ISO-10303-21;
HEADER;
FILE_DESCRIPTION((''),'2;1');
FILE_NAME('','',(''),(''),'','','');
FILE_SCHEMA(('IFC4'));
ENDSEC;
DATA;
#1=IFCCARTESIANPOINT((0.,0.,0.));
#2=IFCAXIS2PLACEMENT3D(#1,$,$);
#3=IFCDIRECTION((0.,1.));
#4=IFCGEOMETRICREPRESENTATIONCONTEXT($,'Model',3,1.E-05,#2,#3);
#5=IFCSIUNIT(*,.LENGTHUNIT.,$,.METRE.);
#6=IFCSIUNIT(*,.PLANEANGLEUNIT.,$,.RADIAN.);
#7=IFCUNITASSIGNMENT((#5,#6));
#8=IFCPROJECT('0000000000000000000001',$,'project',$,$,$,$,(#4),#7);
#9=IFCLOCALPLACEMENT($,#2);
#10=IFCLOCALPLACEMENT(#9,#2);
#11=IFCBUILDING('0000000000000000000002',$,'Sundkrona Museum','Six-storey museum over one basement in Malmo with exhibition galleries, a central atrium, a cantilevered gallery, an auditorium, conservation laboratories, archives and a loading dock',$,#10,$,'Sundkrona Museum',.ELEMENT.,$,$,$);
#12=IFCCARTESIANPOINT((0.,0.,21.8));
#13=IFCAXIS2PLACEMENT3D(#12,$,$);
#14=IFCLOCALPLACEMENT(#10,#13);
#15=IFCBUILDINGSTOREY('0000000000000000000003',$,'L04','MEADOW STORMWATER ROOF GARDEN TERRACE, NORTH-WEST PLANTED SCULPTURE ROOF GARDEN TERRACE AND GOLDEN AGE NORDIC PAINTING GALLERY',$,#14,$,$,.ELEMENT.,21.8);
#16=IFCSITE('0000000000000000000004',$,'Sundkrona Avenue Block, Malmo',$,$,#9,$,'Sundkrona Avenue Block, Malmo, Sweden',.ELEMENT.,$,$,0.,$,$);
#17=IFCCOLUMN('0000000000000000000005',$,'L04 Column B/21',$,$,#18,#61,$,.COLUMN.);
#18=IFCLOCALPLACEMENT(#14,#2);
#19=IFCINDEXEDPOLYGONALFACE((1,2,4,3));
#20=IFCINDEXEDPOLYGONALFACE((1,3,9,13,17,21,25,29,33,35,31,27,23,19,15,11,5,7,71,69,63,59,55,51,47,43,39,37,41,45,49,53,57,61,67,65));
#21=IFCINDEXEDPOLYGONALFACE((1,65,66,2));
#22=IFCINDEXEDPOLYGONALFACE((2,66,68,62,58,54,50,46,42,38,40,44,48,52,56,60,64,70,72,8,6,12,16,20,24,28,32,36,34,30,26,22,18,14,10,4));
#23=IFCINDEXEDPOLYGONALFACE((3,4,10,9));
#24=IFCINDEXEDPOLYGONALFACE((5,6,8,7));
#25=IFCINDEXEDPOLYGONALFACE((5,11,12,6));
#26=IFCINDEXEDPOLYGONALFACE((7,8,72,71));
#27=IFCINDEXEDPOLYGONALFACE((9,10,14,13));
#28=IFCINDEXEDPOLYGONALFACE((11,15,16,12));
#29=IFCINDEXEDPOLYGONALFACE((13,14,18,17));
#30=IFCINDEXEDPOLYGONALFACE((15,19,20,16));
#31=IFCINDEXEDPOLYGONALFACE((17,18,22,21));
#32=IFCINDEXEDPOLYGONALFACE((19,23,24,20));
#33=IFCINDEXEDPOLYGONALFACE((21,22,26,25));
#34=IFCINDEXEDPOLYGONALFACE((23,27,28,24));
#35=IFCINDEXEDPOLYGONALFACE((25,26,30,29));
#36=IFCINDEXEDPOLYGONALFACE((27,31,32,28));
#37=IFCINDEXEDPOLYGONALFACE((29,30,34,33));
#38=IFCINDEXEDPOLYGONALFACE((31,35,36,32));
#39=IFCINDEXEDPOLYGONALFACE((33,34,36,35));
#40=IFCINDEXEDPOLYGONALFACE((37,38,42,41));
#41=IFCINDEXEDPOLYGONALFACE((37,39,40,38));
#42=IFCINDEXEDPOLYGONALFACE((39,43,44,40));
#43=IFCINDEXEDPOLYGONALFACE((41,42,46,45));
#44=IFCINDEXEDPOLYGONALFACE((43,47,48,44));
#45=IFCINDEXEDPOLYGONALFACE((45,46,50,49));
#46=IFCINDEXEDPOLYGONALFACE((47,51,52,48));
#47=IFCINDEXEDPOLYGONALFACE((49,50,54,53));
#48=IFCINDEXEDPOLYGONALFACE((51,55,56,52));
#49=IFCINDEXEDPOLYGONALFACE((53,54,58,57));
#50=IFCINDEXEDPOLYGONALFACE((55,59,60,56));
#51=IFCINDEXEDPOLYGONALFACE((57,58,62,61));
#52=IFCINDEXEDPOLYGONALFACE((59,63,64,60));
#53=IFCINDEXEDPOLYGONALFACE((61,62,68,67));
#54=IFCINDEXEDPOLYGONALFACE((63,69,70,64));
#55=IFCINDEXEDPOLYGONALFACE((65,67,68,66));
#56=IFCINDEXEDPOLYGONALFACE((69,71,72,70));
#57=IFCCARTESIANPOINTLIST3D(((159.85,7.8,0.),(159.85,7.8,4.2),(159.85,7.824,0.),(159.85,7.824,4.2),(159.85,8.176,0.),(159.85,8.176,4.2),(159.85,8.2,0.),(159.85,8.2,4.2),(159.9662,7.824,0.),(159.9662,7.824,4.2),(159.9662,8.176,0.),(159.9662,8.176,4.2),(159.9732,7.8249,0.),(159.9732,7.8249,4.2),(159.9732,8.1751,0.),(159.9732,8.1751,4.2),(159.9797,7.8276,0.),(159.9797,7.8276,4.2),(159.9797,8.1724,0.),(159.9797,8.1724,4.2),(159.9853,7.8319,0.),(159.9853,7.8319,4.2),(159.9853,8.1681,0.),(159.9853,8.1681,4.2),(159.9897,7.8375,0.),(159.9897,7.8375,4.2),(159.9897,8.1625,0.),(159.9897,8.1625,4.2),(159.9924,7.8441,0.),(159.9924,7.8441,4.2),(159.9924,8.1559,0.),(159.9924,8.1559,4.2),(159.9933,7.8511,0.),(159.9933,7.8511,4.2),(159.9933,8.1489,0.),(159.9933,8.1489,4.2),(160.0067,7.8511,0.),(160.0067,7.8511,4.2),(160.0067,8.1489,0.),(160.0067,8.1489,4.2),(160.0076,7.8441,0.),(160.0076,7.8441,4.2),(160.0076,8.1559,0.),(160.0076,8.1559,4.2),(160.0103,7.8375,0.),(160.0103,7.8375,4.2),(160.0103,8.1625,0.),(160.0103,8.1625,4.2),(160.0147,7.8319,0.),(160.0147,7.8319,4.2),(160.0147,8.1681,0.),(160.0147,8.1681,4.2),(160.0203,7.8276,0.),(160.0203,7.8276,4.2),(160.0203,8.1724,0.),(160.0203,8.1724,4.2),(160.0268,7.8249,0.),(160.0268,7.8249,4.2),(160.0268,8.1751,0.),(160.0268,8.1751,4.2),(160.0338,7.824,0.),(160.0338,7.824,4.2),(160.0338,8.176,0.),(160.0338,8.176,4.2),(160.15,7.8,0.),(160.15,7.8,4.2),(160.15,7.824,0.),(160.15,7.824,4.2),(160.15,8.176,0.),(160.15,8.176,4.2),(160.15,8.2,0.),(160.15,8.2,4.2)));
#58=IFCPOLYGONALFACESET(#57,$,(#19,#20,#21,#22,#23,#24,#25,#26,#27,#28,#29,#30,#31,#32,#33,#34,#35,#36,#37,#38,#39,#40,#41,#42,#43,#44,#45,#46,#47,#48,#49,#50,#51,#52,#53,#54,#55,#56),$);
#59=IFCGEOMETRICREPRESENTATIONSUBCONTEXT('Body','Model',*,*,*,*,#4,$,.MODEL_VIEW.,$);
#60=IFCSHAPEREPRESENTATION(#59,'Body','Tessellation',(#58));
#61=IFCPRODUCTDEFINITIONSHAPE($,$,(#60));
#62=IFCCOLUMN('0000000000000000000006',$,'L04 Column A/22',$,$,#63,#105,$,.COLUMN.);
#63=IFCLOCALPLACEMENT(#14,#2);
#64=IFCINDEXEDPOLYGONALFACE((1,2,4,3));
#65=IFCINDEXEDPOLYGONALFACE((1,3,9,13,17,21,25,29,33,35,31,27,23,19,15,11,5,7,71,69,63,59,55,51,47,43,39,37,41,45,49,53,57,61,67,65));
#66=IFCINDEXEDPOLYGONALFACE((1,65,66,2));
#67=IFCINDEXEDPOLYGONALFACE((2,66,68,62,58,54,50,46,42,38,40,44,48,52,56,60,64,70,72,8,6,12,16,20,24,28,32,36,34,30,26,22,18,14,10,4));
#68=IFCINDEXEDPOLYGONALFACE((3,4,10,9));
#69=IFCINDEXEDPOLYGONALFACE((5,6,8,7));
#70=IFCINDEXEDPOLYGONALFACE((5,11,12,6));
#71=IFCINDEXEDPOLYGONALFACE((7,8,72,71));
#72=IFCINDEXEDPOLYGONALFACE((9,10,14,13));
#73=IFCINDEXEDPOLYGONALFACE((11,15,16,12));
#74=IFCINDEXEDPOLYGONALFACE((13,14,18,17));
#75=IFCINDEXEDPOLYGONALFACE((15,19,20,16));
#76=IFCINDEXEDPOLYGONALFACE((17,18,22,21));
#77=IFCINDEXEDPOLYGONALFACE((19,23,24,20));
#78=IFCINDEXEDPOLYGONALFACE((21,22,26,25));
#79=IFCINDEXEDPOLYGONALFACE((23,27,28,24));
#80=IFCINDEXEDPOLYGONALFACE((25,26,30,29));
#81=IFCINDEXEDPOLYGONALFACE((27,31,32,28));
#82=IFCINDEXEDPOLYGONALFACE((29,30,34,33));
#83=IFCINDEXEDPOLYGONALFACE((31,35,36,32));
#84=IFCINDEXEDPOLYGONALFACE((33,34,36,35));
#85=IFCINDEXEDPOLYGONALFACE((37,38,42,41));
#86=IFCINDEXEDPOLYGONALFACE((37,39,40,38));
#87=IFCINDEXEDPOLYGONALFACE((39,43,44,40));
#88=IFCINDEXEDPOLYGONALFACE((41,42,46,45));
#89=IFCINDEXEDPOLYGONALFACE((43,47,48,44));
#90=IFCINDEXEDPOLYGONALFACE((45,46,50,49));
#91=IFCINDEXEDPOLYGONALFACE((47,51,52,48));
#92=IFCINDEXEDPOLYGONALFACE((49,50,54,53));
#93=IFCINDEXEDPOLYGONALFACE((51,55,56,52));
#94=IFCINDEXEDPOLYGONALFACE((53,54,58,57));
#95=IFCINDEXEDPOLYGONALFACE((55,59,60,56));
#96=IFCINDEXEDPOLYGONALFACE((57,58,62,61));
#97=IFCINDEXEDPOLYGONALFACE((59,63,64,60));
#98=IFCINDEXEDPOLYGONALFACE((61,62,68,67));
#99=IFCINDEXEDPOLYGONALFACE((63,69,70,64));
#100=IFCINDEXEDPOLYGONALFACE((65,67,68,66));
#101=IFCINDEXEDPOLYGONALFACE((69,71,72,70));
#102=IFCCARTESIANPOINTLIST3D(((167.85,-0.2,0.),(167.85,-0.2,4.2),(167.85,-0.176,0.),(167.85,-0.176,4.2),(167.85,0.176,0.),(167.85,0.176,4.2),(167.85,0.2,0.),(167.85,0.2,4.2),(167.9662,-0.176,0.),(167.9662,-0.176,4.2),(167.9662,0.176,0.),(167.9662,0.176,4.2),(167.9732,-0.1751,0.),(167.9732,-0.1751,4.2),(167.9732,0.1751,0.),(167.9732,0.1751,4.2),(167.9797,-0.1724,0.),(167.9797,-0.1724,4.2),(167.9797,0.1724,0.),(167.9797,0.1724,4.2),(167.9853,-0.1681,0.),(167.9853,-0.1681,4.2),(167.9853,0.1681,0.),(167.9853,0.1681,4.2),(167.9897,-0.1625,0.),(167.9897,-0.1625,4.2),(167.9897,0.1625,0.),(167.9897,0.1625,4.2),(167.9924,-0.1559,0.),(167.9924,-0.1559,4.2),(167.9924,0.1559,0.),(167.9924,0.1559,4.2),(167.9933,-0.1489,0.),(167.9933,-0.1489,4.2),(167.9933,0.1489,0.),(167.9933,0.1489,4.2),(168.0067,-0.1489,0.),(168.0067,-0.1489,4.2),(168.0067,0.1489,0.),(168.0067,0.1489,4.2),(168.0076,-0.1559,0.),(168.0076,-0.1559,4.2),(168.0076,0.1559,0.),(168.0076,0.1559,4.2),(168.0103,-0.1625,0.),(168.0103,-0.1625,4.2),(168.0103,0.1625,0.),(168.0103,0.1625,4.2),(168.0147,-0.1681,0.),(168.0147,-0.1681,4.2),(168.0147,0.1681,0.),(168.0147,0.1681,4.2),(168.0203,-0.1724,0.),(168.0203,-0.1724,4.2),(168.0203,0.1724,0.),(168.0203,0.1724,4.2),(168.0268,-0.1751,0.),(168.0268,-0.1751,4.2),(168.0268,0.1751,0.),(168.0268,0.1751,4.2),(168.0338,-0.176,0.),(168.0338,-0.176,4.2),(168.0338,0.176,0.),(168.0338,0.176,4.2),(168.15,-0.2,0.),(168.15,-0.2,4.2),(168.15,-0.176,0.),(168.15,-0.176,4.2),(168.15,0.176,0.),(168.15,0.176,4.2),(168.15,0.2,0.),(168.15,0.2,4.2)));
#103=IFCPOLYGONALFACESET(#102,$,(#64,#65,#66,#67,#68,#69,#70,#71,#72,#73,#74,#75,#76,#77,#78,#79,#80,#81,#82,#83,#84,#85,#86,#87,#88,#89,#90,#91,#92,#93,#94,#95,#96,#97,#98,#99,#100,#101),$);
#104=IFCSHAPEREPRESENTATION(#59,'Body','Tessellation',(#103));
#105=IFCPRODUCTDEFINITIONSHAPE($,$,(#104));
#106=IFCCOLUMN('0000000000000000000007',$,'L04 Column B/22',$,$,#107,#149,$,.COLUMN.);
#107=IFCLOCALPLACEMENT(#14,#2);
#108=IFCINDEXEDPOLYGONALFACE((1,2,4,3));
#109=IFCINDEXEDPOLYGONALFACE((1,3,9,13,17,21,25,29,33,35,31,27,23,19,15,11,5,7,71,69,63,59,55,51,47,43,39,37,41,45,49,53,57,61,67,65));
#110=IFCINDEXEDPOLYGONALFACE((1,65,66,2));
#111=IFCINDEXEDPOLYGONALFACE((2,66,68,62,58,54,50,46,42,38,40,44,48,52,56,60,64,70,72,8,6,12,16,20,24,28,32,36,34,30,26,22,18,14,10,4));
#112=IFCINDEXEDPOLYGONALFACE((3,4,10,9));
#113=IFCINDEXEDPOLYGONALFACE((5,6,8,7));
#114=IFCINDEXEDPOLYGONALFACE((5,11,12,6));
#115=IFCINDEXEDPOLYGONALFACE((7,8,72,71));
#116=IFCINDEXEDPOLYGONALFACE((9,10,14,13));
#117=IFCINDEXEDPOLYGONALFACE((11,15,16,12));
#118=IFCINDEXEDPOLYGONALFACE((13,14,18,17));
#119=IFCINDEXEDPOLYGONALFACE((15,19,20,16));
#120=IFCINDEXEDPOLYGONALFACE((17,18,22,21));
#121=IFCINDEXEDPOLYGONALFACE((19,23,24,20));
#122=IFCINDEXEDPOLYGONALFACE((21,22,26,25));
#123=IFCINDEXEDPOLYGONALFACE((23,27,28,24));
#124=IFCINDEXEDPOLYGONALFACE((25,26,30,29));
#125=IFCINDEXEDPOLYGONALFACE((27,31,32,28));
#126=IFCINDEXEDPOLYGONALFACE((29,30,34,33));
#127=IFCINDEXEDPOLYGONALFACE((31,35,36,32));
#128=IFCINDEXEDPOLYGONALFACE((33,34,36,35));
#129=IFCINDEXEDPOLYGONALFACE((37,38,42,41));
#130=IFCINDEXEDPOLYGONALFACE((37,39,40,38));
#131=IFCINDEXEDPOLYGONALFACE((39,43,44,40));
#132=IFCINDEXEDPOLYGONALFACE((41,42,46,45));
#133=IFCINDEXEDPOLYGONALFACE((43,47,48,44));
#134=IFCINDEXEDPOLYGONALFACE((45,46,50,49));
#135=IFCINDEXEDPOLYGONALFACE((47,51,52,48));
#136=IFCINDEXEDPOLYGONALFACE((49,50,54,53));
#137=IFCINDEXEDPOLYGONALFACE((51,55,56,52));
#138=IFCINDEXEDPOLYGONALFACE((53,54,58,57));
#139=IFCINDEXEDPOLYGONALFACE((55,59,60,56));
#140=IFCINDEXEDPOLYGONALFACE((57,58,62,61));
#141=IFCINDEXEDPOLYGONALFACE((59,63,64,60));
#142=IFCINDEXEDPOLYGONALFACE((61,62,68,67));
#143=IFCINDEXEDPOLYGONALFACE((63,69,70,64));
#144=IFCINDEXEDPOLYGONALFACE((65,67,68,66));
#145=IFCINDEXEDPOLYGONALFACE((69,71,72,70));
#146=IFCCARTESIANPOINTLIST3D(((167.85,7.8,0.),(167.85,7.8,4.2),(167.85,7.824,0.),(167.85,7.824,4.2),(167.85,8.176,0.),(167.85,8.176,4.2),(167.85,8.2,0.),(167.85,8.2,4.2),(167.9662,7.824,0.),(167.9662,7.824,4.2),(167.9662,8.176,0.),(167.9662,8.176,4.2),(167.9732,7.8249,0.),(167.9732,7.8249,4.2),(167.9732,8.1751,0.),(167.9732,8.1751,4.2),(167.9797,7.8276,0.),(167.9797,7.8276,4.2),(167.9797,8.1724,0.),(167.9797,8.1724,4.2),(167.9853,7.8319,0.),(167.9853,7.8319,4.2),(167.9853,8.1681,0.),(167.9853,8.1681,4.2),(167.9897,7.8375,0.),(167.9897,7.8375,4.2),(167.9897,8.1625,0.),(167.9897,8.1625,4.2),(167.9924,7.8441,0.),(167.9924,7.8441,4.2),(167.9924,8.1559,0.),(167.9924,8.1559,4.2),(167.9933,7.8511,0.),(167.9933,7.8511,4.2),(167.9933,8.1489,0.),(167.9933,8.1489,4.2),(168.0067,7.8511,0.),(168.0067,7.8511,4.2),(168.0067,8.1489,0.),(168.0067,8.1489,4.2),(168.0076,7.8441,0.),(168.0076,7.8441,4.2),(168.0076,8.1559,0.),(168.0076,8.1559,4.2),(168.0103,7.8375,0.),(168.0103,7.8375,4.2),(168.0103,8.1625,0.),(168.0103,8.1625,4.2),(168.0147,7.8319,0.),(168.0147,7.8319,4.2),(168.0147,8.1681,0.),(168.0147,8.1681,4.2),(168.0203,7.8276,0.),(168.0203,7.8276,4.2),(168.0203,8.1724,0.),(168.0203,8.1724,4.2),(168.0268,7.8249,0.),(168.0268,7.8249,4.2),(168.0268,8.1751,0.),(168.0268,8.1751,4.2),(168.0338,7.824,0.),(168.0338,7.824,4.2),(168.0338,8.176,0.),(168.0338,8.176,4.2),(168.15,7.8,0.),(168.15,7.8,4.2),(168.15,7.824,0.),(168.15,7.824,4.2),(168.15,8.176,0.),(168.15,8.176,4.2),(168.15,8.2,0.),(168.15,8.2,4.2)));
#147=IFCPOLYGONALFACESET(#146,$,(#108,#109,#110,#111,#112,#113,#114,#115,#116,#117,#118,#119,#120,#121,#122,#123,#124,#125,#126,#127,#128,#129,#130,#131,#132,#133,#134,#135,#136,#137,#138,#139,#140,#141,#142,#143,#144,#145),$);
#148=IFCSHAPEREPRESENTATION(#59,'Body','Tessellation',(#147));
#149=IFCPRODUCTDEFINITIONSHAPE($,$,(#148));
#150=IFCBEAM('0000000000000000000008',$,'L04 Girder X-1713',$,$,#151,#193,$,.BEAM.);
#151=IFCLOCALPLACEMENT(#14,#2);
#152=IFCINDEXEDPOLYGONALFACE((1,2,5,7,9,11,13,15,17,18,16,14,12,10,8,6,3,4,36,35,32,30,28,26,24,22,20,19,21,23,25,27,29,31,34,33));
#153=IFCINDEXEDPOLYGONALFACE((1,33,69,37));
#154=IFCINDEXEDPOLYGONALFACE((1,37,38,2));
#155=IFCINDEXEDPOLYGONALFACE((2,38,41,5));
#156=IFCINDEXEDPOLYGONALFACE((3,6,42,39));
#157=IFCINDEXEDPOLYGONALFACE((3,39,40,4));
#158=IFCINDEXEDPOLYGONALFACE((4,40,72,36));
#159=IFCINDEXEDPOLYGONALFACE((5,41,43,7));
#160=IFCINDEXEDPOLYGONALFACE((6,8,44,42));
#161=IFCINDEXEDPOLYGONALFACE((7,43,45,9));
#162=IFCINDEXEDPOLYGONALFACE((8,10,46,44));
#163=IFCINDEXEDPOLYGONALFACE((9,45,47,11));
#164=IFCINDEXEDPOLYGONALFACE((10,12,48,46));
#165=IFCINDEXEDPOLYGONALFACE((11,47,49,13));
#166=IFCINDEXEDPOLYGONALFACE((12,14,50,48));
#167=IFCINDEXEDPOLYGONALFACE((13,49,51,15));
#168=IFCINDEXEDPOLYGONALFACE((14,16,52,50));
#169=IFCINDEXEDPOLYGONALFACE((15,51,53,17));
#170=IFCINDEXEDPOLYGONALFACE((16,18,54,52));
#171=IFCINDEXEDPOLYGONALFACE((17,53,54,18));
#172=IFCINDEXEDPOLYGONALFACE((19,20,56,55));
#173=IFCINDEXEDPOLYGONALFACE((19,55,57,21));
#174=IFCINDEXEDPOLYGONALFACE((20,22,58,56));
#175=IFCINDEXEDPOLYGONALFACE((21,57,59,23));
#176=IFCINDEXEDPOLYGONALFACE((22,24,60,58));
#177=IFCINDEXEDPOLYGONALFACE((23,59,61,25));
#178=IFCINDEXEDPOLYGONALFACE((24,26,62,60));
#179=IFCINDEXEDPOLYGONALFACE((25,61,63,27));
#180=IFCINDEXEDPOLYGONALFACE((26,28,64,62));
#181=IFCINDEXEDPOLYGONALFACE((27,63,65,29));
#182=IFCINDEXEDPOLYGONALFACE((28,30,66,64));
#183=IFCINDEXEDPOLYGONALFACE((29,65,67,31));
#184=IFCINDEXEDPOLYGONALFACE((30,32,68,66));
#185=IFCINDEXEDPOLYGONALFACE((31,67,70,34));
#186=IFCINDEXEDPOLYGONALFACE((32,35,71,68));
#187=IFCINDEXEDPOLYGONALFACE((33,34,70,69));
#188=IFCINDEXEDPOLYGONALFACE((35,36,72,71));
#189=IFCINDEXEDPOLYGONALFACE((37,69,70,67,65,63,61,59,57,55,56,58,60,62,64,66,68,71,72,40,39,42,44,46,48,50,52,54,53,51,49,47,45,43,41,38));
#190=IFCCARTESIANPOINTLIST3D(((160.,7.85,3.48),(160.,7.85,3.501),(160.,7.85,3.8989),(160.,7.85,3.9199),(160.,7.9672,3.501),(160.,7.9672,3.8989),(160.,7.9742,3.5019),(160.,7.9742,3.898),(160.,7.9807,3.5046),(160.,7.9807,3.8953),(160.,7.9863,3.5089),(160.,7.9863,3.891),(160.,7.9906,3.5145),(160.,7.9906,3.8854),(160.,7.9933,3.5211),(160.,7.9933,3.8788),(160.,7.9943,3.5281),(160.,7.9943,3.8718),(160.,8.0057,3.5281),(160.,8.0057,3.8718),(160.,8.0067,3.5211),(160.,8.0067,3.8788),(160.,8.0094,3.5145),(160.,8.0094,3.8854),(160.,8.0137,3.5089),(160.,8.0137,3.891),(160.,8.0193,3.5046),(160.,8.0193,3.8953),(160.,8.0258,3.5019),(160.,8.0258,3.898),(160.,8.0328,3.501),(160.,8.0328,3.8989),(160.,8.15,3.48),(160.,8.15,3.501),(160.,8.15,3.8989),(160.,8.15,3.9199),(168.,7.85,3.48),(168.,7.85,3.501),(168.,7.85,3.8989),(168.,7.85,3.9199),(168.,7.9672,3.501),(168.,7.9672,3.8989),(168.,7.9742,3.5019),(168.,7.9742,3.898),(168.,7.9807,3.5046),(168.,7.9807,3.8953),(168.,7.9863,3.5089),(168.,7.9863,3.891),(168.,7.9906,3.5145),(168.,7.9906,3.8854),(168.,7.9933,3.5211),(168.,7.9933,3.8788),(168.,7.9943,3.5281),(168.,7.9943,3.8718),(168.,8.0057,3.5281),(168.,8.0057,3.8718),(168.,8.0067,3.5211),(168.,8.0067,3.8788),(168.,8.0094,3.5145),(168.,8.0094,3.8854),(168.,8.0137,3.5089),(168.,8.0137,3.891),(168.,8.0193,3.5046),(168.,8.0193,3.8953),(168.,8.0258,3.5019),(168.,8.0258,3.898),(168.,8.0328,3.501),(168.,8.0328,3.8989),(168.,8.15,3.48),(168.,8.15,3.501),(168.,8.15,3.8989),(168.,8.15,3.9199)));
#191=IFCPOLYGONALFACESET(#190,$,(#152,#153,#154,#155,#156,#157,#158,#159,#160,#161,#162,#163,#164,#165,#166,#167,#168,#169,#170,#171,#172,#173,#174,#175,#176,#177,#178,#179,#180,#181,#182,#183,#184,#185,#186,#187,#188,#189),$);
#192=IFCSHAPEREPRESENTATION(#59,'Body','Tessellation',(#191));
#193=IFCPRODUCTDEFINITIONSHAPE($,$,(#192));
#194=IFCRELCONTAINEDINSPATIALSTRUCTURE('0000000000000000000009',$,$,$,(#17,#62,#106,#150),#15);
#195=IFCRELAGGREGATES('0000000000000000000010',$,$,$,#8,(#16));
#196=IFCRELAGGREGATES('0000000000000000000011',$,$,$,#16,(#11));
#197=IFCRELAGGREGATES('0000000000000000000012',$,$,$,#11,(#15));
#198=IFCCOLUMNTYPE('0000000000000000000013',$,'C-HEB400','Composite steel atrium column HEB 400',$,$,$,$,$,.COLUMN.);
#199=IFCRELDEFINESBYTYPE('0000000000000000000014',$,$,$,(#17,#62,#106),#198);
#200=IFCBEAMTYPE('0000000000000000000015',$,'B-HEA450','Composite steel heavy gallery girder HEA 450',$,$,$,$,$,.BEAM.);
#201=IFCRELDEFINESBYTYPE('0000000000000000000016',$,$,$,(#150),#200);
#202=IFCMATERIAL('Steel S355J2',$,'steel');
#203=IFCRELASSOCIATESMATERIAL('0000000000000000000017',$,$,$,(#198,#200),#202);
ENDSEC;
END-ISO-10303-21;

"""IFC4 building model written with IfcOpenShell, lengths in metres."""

from ifc_helpers import new_model, si_unit, direction, frame, origin, origin_2d, place, context, subcontext, project, spatial, i_section, extrude, material, material_profile, profile_set, type_object, element, save


model = new_model("IFC4")

# Units and contexts
model_context = context("Model", 3, precision=1e-05, world=origin(), true_north=direction((0.0, 1.0)))
body_context = subcontext(model_context, "Body", "Model", "MODEL_VIEW")
ifc_project = project(units=[si_unit("LENGTHUNIT", "METRE"), si_unit("PLANEANGLEUNIT", "RADIAN")], contexts=[model_context])

# Site, building, storey
site_placement = place(None, origin())
site = spatial("IfcSite", under=ifc_project, at=site_placement, Name="Sundkrona Avenue Block, Malmo", LongName="Sundkrona Avenue Block, Malmo, Sweden", CompositionType="ELEMENT", RefElevation=0.0)
building_placement = place(site_placement, origin())
building = spatial("IfcBuilding", under=site, at=building_placement, Name="Sundkrona Museum", Description="Six-storey museum over one basement in Malmo with exhibition galleries, a central atrium, a cantilevered gallery, an auditorium, conservation laboratories, archives and a loading dock", LongName="Sundkrona Museum", CompositionType="ELEMENT")
storey_placement = place(building_placement, frame((0.0, 0.0, 21.8)))
storey = spatial("IfcBuildingStorey", under=building, at=storey_placement, Name="L04", Description="MEADOW STORMWATER ROOF GARDEN TERRACE, NORTH-WEST PLANTED SCULPTURE ROOF GARDEN TERRACE AND GOLDEN AGE NORDIC PAINTING GALLERY", CompositionType="ELEMENT", Elevation=21.8)

# Columns
ifc_material_1 = material(Name="Steel S355J2", Category="steel")
ifc_material_profile_1 = material_profile(ifc_material_1, i_section(OverallWidth=0.3, OverallDepth=0.3999, WebThickness=0.0134, FlangeThickness=0.0239, FilletRadius=0.0271, at=origin_2d()), Name="HEB 400")
ifc_profile_set_1 = profile_set([ifc_material_profile_1], Name="Steel S355J2")
column_type = type_object("IfcColumnType", Name="C-HEB400", Description="Composite steel atrium column HEB 400", PredefinedType="COLUMN", material=ifc_profile_set_1)
for number, where, z_axis, x_axis, name in (
    (1, (160.0, 8.0, 0.0), (0.0, 0.0, 1.0), (1.0, 0.0, 0.0), "L04 Column B/21"),
    (2, (168.0, 0.0, 0.0), (0.0, 0.0, 1.0), (1.0, 0.0, 0.0), "L04 Column A/22"),
    (3, (168.0, 8.0, 0.0), (0.0, 0.0, 1.0), (1.0, 0.0, 0.0), "L04 Column B/22"),
):
    element("IfcColumn", number, at=place(storey_placement, frame(where, z_axis=z_axis, x_axis=x_axis)), inside=storey, type_object=column_type, Name=name, PredefinedType="COLUMN", context=body_context, shape_type="SweptSolid", body=[
        extrude(i_section(OverallWidth=0.3, OverallDepth=0.3999, WebThickness=0.0134, FlangeThickness=0.0239, FilletRadius=0.0271, at=origin_2d()), origin(), (0.0, 0.0, 1.0), 4.2),
    ])

# Beam
ifc_material_profile_2 = material_profile(ifc_material_1, i_section(OverallWidth=0.3, OverallDepth=0.4399, WebThickness=0.0115, FlangeThickness=0.021, FilletRadius=0.0271, at=origin_2d()), Name="HEA 450")
ifc_profile_set_2 = profile_set([ifc_material_profile_2], Name="Steel S355J2")
beam_type_1 = type_object("IfcBeamType", Name="B-HEA450", Description="Composite steel heavy gallery girder HEA 450", PredefinedType="BEAM", material=ifc_profile_set_2)
for number, where, z_axis, x_axis, name in (
    (4, (160.0, 8.0, 3.7), (1.0, 0.0, 0.0), (0.0, 1.0, 0.0), "L04 Girder X-1713"),
):
    element("IfcBeam", number, at=place(storey_placement, frame(where, z_axis=z_axis, x_axis=x_axis)), inside=storey, type_object=beam_type_1, Name=name, PredefinedType="BEAM", context=body_context, shape_type="SweptSolid", body=[
        extrude(i_section(OverallWidth=0.3, OverallDepth=0.4399, WebThickness=0.0115, FlangeThickness=0.021, FilletRadius=0.0271, at=origin_2d()), origin(), (0.0, 0.0, 1.0), 8.0),
    ])

save(model, "model.ifc")
